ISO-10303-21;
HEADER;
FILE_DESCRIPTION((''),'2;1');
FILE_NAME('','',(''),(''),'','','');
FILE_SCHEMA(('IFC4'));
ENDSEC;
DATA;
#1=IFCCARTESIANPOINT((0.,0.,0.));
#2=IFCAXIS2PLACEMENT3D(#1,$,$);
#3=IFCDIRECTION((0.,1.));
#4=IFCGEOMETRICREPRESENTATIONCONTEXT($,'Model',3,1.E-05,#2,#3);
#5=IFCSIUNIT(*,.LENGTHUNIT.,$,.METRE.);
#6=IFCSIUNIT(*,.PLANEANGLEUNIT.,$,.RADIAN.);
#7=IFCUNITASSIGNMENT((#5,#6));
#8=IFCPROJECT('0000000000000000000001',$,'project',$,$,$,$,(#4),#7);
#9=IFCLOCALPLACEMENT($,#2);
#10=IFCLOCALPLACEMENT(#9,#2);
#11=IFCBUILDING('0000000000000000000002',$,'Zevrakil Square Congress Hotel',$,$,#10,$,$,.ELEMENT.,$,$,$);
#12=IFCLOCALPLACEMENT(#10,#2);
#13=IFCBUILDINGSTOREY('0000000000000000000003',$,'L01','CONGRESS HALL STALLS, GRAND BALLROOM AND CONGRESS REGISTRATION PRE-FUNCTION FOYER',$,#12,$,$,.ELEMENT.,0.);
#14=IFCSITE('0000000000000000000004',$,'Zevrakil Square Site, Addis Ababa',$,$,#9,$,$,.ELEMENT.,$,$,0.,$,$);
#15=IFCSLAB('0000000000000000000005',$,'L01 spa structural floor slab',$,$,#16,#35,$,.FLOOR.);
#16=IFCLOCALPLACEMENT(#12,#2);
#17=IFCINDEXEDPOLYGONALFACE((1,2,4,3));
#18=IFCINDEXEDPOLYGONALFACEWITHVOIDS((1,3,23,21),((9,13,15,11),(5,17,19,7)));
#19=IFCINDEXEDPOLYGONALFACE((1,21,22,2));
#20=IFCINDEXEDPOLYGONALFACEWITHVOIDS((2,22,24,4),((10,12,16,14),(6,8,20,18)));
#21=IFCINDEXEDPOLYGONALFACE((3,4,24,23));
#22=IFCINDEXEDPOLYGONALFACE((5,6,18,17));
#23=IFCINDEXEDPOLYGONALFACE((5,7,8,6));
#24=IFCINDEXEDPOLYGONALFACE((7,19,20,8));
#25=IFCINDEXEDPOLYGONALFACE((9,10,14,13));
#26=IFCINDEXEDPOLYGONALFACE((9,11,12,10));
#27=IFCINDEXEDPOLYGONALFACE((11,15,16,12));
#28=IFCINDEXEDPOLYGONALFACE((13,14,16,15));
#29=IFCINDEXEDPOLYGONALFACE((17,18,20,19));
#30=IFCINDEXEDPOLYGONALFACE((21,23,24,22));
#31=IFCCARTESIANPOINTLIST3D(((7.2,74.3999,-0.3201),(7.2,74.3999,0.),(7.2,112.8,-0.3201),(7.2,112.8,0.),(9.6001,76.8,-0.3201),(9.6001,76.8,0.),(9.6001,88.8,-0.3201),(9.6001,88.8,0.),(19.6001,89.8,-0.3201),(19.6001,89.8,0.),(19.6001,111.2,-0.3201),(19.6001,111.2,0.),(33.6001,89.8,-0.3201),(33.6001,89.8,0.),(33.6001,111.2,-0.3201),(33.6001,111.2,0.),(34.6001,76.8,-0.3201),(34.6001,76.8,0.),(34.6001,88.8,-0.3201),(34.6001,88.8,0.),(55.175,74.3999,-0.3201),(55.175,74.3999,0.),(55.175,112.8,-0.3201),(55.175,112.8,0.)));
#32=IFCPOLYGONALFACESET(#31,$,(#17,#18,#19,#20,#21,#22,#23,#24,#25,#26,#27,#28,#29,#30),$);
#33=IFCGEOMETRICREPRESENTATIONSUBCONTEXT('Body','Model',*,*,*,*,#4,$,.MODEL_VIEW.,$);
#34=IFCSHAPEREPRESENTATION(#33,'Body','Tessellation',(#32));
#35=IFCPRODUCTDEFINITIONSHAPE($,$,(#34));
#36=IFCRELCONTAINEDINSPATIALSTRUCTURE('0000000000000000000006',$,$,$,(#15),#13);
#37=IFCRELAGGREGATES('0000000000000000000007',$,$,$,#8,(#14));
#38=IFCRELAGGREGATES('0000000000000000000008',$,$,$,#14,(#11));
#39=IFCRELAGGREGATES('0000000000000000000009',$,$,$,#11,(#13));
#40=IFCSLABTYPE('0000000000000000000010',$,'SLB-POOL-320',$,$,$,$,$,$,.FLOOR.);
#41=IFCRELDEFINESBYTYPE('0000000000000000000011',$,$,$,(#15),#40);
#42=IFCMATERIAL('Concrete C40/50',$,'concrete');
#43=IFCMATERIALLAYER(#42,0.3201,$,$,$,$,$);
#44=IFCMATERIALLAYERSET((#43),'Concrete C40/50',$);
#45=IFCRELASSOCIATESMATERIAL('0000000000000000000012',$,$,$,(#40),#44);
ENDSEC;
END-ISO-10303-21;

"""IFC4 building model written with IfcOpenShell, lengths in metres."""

from ifc_helpers import new_model, si_unit, direction, frame, origin, place, context, subcontext, project, spatial, polyline, outline, extrude, material, layer, layer_set, type_object, element, save


model = new_model("IFC4")

# Units and contexts
model_context = context("Model", 3, precision=1e-05, world=origin(), true_north=direction((0.0, 1.0)))
body_context = subcontext(model_context, "Body", "Model", "MODEL_VIEW")
ifc_project = project(units=[si_unit("LENGTHUNIT", "METRE"), si_unit("PLANEANGLEUNIT", "RADIAN")], contexts=[model_context])

# Site, building, storey
site_placement = place(None, origin())
site = spatial("IfcSite", under=ifc_project, at=site_placement, Name="Zevrakil Square Site, Addis Ababa", CompositionType="ELEMENT", RefElevation=0.0)
building_placement = place(site_placement, origin())
building = spatial("IfcBuilding", under=site, at=building_placement, Name="Zevrakil Square Congress Hotel", CompositionType="ELEMENT")
storey_placement = place(building_placement, origin())
storey = spatial("IfcBuildingStorey", under=building, at=storey_placement, Name="L01", Description="CONGRESS HALL STALLS, GRAND BALLROOM AND CONGRESS REGISTRATION PRE-FUNCTION FOYER", CompositionType="ELEMENT", Elevation=0.0)

# Slab
ifc_material_1 = material(Name="Concrete C40/50", Category="concrete")
ifc_layer_1 = layer(ifc_material_1, 0.3201)
ifc_layer_set_1 = layer_set([ifc_layer_1], Name="Concrete C40/50")
slab_type_1 = type_object("IfcSlabType", Name="SLB-POOL-320", PredefinedType="FLOOR", material=ifc_layer_set_1)
slab_1_placement = place(storey_placement, frame((0.0, 0.0, -0.3201)))
element("IfcSlab", 1, at=slab_1_placement, inside=storey, type_object=slab_type_1, Name="L01 spa structural floor slab", PredefinedType="FLOOR", context=body_context, shape_type="SweptSolid", body=[
    extrude(outline(polyline([(7.2, 74.3999), (7.2, 112.8), (55.175, 112.8), (55.175, 74.3999), (7.2, 74.3999)]), holes=[polyline([(19.6001, 89.8), (33.6001, 89.8), (33.6001, 111.2), (19.6001, 111.2), (19.6001, 89.8)]), polyline([(9.6001, 76.8), (34.6001, 76.8), (34.6001, 88.8), (9.6001, 88.8), (9.6001, 76.8)])]), origin(), (0.0, 0.0, 1.0), 0.3201),
])

save(model, "model.ifc")
